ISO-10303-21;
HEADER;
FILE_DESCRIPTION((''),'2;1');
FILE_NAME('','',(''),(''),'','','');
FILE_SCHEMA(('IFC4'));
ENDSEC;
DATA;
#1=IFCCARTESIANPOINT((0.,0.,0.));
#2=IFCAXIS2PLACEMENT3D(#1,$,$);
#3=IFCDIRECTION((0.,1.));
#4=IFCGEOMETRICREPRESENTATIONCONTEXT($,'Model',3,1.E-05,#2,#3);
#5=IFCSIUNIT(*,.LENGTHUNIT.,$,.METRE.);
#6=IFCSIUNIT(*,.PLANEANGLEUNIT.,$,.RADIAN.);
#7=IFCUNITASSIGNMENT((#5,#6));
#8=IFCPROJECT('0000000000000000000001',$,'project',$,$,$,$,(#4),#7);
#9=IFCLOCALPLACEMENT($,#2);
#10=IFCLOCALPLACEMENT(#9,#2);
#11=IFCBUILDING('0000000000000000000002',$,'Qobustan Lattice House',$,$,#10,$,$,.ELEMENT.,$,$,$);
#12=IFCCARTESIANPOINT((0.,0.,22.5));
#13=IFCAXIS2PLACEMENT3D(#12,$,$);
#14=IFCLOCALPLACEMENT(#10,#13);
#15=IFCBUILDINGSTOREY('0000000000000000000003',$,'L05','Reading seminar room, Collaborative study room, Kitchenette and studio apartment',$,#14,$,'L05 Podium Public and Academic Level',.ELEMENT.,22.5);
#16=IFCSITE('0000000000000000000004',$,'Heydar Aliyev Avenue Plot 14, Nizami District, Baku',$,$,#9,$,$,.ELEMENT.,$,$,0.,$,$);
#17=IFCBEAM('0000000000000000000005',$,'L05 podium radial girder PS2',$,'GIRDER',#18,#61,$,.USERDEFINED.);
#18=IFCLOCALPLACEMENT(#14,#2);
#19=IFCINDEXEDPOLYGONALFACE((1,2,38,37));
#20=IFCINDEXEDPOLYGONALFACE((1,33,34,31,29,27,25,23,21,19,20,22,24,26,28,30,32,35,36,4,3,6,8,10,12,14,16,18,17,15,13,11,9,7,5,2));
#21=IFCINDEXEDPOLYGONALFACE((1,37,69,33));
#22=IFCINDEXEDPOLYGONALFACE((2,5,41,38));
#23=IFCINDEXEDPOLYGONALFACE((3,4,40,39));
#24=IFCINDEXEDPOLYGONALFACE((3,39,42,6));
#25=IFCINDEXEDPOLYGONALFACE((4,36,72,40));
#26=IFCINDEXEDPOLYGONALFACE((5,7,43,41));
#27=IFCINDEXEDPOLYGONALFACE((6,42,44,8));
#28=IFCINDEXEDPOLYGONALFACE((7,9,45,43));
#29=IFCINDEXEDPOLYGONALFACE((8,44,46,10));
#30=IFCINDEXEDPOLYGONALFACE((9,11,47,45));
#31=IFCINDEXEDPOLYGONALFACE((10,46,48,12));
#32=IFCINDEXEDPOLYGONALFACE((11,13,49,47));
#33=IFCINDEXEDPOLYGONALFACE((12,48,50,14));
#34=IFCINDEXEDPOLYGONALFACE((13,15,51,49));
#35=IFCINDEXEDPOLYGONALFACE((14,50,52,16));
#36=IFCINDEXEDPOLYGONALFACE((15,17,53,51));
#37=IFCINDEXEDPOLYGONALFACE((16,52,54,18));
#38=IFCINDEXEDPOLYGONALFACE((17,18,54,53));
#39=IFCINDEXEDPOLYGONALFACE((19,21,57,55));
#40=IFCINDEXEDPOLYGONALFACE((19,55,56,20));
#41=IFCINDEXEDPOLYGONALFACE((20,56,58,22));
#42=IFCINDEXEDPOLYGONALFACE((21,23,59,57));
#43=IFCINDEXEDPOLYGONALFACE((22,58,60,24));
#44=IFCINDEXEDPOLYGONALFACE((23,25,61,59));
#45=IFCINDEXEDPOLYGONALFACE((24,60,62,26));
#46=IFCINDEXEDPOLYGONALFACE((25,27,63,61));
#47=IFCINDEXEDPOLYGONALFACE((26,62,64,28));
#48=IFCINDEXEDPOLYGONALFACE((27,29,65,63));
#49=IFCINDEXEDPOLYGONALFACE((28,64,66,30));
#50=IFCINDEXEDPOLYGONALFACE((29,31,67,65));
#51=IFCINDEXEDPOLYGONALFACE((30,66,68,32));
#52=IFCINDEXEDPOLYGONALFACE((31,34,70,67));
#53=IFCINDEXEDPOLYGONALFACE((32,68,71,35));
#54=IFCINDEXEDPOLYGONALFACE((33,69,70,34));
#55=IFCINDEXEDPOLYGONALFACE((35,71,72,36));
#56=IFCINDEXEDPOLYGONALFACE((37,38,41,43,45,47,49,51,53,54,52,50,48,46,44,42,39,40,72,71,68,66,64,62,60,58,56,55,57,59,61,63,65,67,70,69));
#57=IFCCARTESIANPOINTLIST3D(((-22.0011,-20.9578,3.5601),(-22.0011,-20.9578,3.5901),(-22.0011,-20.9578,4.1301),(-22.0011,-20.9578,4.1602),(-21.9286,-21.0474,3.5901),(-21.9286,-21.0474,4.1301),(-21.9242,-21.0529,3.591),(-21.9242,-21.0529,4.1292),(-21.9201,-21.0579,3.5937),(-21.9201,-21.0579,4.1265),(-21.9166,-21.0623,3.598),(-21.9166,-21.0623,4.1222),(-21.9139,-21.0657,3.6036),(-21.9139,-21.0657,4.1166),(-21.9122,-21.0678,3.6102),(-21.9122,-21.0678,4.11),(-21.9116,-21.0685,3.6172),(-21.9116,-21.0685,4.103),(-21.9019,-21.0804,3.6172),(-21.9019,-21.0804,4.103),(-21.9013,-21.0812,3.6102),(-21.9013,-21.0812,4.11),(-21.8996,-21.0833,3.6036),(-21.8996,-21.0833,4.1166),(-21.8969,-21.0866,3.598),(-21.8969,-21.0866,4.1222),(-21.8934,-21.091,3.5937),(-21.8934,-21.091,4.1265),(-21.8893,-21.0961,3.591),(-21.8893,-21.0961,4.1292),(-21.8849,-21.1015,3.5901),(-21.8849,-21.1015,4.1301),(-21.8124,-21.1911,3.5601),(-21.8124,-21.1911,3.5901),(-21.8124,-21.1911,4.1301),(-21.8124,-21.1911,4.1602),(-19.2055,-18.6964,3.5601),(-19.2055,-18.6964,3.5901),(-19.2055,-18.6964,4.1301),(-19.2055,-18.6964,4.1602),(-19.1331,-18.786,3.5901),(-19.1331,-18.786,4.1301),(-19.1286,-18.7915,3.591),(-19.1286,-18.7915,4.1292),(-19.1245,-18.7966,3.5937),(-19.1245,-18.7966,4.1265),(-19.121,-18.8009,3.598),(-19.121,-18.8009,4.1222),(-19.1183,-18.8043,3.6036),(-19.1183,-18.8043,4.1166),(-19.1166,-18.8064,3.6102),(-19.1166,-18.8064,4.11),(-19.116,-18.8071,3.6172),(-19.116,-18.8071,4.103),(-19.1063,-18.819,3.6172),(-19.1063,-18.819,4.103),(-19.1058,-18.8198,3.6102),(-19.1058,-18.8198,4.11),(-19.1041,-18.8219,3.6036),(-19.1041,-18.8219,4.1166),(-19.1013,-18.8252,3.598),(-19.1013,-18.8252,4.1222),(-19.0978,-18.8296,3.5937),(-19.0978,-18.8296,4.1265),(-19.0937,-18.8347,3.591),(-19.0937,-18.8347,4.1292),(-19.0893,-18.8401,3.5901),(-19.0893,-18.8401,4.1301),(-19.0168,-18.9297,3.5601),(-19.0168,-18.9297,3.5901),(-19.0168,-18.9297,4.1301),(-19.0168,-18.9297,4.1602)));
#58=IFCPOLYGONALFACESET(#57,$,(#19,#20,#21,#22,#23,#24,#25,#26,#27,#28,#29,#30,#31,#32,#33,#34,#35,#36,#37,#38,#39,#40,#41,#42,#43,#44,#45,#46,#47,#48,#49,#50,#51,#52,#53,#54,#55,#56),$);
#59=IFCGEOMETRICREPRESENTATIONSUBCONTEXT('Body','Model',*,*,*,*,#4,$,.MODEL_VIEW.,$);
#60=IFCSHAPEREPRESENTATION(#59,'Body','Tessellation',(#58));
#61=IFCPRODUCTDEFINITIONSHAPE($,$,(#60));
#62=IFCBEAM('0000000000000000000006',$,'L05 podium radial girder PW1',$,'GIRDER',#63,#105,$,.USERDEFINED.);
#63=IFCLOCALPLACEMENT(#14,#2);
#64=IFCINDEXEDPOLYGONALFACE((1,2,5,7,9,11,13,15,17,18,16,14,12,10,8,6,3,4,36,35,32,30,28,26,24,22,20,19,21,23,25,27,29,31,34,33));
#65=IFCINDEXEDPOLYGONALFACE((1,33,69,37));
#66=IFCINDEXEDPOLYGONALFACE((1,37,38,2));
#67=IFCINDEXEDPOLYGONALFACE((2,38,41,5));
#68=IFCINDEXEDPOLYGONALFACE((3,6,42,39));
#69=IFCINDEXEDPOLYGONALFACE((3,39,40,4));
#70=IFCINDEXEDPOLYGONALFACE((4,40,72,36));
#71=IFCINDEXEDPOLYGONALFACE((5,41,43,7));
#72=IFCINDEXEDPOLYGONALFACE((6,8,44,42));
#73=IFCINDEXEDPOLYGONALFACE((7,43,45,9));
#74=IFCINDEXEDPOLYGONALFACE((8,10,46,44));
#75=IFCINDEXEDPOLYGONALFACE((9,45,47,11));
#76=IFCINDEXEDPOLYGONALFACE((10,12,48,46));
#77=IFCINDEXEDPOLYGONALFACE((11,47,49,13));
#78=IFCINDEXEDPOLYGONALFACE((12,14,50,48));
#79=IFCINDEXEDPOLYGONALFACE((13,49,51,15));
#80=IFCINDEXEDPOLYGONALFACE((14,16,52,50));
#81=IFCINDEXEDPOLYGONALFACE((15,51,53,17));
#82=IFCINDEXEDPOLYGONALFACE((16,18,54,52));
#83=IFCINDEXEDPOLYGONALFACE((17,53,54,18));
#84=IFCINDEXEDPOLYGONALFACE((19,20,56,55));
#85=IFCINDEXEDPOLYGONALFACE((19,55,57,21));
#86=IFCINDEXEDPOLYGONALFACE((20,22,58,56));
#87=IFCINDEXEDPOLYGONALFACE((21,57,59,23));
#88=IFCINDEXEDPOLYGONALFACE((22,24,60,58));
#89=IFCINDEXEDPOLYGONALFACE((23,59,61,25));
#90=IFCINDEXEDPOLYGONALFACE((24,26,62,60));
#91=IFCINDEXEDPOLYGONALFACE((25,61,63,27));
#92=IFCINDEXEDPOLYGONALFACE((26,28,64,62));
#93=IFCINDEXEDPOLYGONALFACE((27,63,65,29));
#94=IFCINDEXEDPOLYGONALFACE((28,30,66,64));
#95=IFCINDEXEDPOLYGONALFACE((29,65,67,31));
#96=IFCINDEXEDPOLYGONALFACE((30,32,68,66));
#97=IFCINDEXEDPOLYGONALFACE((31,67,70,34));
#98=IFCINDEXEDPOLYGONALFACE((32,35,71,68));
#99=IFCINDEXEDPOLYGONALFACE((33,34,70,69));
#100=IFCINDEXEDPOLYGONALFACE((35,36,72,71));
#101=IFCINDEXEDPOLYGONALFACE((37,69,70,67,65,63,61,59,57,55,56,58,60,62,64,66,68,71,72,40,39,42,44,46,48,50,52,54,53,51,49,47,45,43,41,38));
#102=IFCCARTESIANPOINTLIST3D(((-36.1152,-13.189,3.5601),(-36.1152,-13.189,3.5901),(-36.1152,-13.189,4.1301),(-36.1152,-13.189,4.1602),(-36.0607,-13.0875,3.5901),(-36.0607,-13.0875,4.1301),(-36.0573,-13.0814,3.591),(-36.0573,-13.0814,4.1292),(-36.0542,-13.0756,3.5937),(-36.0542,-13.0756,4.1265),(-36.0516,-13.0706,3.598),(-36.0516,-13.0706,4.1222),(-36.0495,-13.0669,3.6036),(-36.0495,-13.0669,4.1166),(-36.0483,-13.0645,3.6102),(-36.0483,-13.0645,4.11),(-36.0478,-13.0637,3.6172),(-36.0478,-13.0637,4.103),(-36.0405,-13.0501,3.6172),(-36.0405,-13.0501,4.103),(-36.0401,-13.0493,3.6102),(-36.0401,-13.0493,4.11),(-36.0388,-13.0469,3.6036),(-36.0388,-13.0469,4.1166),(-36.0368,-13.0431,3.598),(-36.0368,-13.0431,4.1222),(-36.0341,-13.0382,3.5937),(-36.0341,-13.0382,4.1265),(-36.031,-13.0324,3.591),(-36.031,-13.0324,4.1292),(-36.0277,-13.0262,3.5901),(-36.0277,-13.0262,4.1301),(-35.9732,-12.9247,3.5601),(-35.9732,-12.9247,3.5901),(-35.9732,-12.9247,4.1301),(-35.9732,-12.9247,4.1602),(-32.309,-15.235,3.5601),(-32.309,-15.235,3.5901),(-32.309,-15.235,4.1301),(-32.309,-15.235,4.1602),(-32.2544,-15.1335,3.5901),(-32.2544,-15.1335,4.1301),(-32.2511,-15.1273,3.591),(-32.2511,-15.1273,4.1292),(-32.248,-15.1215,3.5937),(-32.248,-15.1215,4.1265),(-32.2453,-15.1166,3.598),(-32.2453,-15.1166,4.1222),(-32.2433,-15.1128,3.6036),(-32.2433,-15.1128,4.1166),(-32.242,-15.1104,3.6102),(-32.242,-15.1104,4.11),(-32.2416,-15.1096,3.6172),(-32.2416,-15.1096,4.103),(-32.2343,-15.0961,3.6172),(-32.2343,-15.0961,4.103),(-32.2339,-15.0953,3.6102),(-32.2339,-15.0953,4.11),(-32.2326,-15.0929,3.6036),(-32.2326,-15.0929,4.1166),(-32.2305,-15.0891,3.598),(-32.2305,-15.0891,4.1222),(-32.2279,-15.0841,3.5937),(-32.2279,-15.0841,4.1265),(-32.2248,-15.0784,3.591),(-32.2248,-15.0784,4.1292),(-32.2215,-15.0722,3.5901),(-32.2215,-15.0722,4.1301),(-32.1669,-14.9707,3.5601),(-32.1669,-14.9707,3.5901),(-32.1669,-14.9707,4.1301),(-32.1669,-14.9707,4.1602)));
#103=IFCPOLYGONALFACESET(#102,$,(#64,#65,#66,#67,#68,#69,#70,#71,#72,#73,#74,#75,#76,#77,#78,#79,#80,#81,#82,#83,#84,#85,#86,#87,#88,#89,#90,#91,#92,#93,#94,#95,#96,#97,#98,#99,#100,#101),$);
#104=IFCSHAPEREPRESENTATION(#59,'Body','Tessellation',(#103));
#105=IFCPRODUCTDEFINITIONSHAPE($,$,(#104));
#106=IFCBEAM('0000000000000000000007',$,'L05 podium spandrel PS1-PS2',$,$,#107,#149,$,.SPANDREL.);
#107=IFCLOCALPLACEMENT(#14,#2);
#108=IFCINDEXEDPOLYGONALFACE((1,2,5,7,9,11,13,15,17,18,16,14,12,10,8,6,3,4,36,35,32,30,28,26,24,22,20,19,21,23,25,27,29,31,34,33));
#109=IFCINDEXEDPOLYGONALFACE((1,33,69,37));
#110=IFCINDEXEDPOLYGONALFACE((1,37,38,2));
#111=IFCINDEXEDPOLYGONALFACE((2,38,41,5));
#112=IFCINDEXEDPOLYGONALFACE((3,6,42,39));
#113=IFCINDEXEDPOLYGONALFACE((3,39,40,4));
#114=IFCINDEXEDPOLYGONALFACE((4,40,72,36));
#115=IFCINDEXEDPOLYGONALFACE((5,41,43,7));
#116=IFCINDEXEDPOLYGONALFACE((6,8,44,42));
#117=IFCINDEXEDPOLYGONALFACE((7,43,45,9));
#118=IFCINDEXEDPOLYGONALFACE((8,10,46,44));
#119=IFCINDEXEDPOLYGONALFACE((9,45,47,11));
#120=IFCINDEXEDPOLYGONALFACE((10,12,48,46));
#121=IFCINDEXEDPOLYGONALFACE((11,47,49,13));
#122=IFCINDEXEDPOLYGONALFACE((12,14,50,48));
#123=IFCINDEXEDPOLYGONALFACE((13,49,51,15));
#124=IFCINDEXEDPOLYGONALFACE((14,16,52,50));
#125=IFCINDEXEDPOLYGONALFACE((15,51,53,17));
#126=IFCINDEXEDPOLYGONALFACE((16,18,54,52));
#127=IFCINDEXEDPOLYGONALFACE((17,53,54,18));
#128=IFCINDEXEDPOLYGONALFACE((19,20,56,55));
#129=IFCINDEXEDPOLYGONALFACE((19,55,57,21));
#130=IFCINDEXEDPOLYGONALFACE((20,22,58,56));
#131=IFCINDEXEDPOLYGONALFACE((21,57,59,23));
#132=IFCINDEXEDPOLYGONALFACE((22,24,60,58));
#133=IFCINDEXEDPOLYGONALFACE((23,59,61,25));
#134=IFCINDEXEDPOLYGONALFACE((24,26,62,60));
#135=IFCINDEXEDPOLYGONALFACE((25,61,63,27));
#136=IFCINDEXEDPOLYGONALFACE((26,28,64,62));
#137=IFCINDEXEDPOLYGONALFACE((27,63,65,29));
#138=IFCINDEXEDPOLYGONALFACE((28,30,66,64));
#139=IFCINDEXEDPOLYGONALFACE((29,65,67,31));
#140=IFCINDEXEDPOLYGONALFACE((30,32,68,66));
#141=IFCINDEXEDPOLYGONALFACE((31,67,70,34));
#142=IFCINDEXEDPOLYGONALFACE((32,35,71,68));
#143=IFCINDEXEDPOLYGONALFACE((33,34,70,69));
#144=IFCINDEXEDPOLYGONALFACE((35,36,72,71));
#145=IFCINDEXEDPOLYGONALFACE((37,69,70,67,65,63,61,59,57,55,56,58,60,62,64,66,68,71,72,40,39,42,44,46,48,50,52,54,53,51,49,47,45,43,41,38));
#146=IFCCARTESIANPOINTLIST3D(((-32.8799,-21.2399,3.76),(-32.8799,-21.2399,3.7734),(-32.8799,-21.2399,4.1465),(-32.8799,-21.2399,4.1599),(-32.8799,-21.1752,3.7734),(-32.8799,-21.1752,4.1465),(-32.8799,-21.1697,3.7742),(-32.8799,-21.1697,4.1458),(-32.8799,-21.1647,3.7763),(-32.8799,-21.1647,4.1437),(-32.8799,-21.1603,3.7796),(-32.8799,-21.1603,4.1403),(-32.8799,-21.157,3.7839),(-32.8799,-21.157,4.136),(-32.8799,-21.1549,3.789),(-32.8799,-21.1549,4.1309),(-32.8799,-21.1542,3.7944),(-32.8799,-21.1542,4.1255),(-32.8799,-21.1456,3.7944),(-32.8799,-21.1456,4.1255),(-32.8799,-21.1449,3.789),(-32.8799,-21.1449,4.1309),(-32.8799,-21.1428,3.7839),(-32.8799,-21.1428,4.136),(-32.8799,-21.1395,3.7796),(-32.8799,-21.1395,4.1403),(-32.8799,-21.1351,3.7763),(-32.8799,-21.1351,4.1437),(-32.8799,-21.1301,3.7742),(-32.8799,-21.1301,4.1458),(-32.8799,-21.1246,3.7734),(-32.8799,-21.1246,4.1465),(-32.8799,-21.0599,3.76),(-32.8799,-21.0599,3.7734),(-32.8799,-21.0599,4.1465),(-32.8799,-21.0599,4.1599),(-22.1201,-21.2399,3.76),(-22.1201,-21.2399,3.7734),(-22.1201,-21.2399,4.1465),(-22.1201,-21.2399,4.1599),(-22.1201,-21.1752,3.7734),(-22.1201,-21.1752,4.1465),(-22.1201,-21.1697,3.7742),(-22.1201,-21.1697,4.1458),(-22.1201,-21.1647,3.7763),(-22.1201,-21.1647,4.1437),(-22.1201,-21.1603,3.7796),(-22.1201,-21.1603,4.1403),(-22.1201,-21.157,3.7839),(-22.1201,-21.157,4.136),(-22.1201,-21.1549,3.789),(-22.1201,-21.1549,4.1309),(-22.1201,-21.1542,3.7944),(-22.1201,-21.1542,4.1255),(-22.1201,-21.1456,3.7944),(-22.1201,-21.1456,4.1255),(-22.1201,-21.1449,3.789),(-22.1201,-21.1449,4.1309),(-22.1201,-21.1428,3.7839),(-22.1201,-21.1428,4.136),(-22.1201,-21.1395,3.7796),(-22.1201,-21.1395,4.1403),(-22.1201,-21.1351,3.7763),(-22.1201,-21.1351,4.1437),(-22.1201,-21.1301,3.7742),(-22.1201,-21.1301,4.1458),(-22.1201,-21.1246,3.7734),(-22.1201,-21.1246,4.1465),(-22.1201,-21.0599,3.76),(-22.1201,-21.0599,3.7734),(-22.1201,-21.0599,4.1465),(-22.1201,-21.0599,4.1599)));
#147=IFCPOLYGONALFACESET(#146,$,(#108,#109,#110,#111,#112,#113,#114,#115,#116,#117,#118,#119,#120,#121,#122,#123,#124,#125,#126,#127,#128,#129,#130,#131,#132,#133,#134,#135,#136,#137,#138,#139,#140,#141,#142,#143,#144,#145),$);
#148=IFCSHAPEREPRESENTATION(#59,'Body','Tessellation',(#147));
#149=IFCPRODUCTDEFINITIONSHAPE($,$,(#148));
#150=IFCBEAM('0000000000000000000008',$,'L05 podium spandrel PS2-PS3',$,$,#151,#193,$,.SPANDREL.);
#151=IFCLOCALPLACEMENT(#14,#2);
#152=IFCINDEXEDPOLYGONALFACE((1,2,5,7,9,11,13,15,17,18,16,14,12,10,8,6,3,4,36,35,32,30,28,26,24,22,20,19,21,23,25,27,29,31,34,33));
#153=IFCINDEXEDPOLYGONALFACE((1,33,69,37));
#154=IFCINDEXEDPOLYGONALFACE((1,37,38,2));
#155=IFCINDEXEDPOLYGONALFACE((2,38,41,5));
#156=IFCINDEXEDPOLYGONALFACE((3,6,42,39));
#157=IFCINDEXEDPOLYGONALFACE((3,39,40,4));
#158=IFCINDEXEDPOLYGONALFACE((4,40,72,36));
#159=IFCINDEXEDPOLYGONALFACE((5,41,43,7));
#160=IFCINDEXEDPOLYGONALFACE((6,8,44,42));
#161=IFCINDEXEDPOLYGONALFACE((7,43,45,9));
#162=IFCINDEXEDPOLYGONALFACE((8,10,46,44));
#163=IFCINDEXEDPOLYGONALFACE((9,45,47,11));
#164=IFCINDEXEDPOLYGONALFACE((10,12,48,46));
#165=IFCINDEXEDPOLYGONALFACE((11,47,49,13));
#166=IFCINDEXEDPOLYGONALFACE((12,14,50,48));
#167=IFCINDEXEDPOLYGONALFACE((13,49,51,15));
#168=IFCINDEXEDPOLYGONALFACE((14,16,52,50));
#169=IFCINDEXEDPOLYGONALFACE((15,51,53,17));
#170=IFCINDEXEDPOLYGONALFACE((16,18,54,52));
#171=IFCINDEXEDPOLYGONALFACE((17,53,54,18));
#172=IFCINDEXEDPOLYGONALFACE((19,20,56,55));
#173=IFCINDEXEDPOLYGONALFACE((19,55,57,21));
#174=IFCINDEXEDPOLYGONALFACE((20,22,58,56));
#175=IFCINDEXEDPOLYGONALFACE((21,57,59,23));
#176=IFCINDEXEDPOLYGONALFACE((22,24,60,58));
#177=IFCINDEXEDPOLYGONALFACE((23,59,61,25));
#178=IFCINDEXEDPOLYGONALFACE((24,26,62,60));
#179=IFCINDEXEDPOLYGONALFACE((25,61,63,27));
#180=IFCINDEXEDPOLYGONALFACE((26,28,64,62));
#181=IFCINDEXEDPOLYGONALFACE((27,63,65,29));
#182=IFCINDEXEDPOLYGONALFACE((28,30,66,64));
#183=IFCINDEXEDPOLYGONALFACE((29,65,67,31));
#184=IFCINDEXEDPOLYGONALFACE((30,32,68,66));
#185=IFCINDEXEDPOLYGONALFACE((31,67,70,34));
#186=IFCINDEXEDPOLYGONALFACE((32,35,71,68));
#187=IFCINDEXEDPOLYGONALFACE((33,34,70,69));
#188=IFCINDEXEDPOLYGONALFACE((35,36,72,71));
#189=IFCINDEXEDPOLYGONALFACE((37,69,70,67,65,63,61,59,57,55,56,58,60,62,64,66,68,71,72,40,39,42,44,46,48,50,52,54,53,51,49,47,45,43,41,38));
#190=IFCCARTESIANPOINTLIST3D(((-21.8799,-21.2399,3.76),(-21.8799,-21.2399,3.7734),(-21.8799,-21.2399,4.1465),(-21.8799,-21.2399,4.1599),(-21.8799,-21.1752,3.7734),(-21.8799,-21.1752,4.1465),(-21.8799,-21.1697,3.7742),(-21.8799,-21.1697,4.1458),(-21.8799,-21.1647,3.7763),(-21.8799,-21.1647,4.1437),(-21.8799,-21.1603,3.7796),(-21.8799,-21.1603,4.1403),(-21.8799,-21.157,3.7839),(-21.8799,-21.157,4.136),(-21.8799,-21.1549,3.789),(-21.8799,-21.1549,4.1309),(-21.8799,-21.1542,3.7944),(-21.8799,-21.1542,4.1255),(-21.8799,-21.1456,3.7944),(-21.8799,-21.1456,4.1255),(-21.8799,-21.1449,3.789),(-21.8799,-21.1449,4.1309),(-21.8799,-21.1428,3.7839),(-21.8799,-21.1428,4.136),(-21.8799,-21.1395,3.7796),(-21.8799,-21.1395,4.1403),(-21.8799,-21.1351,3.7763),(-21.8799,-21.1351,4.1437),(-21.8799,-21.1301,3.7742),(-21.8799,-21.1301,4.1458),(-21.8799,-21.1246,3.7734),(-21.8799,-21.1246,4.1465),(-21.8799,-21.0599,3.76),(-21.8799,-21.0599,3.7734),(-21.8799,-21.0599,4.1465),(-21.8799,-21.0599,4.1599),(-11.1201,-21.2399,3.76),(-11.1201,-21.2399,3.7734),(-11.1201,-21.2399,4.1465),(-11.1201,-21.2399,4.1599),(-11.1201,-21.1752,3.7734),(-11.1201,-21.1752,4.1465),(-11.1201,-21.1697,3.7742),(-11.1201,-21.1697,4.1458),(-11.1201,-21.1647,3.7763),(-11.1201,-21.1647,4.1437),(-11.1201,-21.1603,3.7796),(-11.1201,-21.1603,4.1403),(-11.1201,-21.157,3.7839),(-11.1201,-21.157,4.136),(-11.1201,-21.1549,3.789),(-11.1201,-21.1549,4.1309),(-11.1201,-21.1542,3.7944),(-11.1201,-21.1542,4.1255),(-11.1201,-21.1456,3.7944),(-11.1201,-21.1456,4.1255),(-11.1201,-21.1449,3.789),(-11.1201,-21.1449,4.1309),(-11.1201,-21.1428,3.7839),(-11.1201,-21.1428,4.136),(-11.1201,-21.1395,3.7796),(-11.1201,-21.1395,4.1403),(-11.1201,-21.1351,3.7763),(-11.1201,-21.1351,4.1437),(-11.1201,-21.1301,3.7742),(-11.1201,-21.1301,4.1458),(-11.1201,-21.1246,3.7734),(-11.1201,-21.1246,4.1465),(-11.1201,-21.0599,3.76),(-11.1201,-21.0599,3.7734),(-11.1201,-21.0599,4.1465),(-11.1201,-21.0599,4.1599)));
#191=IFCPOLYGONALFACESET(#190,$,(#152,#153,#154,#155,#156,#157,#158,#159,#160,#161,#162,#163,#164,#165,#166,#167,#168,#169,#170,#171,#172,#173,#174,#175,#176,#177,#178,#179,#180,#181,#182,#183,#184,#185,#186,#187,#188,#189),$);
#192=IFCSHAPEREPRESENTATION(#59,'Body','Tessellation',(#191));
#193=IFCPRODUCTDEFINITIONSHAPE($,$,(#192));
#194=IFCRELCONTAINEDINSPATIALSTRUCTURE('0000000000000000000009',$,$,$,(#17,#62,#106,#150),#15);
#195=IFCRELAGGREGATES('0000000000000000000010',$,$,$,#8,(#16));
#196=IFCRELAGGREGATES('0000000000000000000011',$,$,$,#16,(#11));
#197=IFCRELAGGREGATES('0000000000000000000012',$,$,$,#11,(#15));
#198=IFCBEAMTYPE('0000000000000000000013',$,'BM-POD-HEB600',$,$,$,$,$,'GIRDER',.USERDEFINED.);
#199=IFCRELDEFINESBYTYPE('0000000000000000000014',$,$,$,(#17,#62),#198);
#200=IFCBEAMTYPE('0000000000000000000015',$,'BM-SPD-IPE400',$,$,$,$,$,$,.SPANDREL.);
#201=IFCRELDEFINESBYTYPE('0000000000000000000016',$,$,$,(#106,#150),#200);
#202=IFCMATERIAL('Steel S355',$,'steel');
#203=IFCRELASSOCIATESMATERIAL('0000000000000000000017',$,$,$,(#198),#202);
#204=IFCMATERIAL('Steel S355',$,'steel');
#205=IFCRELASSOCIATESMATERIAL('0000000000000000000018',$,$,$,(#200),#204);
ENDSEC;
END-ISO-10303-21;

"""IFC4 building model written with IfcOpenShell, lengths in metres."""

from ifc_helpers import new_model, si_unit, direction, frame, origin, origin_2d, place, context, subcontext, project, spatial, i_section, extrude, material, material_profile, profile_set, type_object, element, save


model = new_model("IFC4")

# Units and contexts
model_context = context("Model", 3, precision=1e-05, world=origin(), true_north=direction((0.0, 1.0)))
body_context = subcontext(model_context, "Body", "Model", "MODEL_VIEW")
ifc_project = project(units=[si_unit("LENGTHUNIT", "METRE"), si_unit("PLANEANGLEUNIT", "RADIAN")], contexts=[model_context])

# Site, building, storey
site_placement = place(None, origin())
site = spatial("IfcSite", under=ifc_project, at=site_placement, Name="Heydar Aliyev Avenue Plot 14, Nizami District, Baku", CompositionType="ELEMENT", RefElevation=0.0)
building_placement = place(site_placement, origin())
building = spatial("IfcBuilding", under=site, at=building_placement, Name="Qobustan Lattice House", CompositionType="ELEMENT")
storey_placement = place(building_placement, frame((0.0, 0.0, 22.5)))
storey = spatial("IfcBuildingStorey", under=building, at=storey_placement, Name="L05", Description="Reading seminar room, Collaborative study room, Kitchenette and studio apartment", LongName="L05 Podium Public and Academic Level", CompositionType="ELEMENT", Elevation=22.5)

# Beams
ifc_material_1 = material(Name="Steel S355", Category="steel")
ifc_material_profile_1 = material_profile(ifc_material_1, i_section(OverallWidth=0.3, OverallDepth=0.6001, WebThickness=0.0154, FlangeThickness=0.03, FilletRadius=0.0271, at=origin_2d()), Name="HEB600")
ifc_profile_set_1 = profile_set([ifc_material_profile_1], Name="Steel S355")
beam_type_1 = type_object("IfcBeamType", Name="BM-POD-HEB600", ElementType="GIRDER", PredefinedType="USERDEFINED", material=ifc_profile_set_1)
beam_1_placement = place(storey_placement, frame((-21.9067, -21.0745, 3.8601), z_axis=(0.777473, 0.628917, 0.0), x_axis=(-0.628917, 0.777473, 0.0)))
element("IfcBeam", 1, at=beam_1_placement, inside=storey, type_object=beam_type_1, Name="L05 podium radial girder PS2", ObjectType="GIRDER", PredefinedType="USERDEFINED", context=body_context, shape_type="SweptSolid", body=[
    extrude(i_section(OverallWidth=0.3, OverallDepth=0.6001, WebThickness=0.0154, FlangeThickness=0.03, FilletRadius=0.0271, at=origin_2d()), origin(), (0.0, 0.0, 1.0), 3.5957),
])
beam_2_placement = place(storey_placement, frame((-36.0442, -13.0569, 3.8601), z_axis=(0.880816, -0.47346, 0.0), x_axis=(0.47346, 0.880816, 0.0)))
element("IfcBeam", 2, at=beam_2_placement, inside=storey, type_object=beam_type_1, Name="L05 podium radial girder PW1", ObjectType="GIRDER", PredefinedType="USERDEFINED", context=body_context, shape_type="SweptSolid", body=[
    extrude(i_section(OverallWidth=0.3, OverallDepth=0.6001, WebThickness=0.0154, FlangeThickness=0.03, FilletRadius=0.0271, at=origin_2d()), origin(), (0.0, 0.0, 1.0), 4.3213),
])
ifc_material_2 = material(Name="Steel S355", Category="steel")
ifc_material_profile_2 = material_profile(ifc_material_2, i_section(OverallWidth=0.1799, OverallDepth=0.3999, WebThickness=0.0085, FlangeThickness=0.0134, FilletRadius=0.021, at=origin_2d()), Name="IPE400")
ifc_profile_set_2 = profile_set([ifc_material_profile_2], Name="Steel S355")
beam_type_2 = type_object("IfcBeamType", Name="BM-SPD-IPE400", PredefinedType="SPANDREL", material=ifc_profile_set_2)
for number, where, z_axis, x_axis, name in (
    (3, (-32.8799, -21.1499, 3.96), (1.0, 0.0, 0.0), (0.0, 1.0, 0.0), "L05 podium spandrel PS1-PS2"),
    (4, (-21.8799, -21.1499, 3.96), (1.0, 0.0, 0.0), (0.0, 1.0, 0.0), "L05 podium spandrel PS2-PS3"),
):
    element("IfcBeam", number, at=place(storey_placement, frame(where, z_axis=z_axis, x_axis=x_axis)), inside=storey, type_object=beam_type_2, Name=name, PredefinedType="SPANDREL", context=body_context, shape_type="SweptSolid", body=[
        extrude(i_section(OverallWidth=0.1799, OverallDepth=0.3999, WebThickness=0.0085, FlangeThickness=0.0134, FilletRadius=0.021, at=origin_2d()), origin(), (0.0, 0.0, 1.0), 10.7598),
    ])

save(model, "model.ifc")
